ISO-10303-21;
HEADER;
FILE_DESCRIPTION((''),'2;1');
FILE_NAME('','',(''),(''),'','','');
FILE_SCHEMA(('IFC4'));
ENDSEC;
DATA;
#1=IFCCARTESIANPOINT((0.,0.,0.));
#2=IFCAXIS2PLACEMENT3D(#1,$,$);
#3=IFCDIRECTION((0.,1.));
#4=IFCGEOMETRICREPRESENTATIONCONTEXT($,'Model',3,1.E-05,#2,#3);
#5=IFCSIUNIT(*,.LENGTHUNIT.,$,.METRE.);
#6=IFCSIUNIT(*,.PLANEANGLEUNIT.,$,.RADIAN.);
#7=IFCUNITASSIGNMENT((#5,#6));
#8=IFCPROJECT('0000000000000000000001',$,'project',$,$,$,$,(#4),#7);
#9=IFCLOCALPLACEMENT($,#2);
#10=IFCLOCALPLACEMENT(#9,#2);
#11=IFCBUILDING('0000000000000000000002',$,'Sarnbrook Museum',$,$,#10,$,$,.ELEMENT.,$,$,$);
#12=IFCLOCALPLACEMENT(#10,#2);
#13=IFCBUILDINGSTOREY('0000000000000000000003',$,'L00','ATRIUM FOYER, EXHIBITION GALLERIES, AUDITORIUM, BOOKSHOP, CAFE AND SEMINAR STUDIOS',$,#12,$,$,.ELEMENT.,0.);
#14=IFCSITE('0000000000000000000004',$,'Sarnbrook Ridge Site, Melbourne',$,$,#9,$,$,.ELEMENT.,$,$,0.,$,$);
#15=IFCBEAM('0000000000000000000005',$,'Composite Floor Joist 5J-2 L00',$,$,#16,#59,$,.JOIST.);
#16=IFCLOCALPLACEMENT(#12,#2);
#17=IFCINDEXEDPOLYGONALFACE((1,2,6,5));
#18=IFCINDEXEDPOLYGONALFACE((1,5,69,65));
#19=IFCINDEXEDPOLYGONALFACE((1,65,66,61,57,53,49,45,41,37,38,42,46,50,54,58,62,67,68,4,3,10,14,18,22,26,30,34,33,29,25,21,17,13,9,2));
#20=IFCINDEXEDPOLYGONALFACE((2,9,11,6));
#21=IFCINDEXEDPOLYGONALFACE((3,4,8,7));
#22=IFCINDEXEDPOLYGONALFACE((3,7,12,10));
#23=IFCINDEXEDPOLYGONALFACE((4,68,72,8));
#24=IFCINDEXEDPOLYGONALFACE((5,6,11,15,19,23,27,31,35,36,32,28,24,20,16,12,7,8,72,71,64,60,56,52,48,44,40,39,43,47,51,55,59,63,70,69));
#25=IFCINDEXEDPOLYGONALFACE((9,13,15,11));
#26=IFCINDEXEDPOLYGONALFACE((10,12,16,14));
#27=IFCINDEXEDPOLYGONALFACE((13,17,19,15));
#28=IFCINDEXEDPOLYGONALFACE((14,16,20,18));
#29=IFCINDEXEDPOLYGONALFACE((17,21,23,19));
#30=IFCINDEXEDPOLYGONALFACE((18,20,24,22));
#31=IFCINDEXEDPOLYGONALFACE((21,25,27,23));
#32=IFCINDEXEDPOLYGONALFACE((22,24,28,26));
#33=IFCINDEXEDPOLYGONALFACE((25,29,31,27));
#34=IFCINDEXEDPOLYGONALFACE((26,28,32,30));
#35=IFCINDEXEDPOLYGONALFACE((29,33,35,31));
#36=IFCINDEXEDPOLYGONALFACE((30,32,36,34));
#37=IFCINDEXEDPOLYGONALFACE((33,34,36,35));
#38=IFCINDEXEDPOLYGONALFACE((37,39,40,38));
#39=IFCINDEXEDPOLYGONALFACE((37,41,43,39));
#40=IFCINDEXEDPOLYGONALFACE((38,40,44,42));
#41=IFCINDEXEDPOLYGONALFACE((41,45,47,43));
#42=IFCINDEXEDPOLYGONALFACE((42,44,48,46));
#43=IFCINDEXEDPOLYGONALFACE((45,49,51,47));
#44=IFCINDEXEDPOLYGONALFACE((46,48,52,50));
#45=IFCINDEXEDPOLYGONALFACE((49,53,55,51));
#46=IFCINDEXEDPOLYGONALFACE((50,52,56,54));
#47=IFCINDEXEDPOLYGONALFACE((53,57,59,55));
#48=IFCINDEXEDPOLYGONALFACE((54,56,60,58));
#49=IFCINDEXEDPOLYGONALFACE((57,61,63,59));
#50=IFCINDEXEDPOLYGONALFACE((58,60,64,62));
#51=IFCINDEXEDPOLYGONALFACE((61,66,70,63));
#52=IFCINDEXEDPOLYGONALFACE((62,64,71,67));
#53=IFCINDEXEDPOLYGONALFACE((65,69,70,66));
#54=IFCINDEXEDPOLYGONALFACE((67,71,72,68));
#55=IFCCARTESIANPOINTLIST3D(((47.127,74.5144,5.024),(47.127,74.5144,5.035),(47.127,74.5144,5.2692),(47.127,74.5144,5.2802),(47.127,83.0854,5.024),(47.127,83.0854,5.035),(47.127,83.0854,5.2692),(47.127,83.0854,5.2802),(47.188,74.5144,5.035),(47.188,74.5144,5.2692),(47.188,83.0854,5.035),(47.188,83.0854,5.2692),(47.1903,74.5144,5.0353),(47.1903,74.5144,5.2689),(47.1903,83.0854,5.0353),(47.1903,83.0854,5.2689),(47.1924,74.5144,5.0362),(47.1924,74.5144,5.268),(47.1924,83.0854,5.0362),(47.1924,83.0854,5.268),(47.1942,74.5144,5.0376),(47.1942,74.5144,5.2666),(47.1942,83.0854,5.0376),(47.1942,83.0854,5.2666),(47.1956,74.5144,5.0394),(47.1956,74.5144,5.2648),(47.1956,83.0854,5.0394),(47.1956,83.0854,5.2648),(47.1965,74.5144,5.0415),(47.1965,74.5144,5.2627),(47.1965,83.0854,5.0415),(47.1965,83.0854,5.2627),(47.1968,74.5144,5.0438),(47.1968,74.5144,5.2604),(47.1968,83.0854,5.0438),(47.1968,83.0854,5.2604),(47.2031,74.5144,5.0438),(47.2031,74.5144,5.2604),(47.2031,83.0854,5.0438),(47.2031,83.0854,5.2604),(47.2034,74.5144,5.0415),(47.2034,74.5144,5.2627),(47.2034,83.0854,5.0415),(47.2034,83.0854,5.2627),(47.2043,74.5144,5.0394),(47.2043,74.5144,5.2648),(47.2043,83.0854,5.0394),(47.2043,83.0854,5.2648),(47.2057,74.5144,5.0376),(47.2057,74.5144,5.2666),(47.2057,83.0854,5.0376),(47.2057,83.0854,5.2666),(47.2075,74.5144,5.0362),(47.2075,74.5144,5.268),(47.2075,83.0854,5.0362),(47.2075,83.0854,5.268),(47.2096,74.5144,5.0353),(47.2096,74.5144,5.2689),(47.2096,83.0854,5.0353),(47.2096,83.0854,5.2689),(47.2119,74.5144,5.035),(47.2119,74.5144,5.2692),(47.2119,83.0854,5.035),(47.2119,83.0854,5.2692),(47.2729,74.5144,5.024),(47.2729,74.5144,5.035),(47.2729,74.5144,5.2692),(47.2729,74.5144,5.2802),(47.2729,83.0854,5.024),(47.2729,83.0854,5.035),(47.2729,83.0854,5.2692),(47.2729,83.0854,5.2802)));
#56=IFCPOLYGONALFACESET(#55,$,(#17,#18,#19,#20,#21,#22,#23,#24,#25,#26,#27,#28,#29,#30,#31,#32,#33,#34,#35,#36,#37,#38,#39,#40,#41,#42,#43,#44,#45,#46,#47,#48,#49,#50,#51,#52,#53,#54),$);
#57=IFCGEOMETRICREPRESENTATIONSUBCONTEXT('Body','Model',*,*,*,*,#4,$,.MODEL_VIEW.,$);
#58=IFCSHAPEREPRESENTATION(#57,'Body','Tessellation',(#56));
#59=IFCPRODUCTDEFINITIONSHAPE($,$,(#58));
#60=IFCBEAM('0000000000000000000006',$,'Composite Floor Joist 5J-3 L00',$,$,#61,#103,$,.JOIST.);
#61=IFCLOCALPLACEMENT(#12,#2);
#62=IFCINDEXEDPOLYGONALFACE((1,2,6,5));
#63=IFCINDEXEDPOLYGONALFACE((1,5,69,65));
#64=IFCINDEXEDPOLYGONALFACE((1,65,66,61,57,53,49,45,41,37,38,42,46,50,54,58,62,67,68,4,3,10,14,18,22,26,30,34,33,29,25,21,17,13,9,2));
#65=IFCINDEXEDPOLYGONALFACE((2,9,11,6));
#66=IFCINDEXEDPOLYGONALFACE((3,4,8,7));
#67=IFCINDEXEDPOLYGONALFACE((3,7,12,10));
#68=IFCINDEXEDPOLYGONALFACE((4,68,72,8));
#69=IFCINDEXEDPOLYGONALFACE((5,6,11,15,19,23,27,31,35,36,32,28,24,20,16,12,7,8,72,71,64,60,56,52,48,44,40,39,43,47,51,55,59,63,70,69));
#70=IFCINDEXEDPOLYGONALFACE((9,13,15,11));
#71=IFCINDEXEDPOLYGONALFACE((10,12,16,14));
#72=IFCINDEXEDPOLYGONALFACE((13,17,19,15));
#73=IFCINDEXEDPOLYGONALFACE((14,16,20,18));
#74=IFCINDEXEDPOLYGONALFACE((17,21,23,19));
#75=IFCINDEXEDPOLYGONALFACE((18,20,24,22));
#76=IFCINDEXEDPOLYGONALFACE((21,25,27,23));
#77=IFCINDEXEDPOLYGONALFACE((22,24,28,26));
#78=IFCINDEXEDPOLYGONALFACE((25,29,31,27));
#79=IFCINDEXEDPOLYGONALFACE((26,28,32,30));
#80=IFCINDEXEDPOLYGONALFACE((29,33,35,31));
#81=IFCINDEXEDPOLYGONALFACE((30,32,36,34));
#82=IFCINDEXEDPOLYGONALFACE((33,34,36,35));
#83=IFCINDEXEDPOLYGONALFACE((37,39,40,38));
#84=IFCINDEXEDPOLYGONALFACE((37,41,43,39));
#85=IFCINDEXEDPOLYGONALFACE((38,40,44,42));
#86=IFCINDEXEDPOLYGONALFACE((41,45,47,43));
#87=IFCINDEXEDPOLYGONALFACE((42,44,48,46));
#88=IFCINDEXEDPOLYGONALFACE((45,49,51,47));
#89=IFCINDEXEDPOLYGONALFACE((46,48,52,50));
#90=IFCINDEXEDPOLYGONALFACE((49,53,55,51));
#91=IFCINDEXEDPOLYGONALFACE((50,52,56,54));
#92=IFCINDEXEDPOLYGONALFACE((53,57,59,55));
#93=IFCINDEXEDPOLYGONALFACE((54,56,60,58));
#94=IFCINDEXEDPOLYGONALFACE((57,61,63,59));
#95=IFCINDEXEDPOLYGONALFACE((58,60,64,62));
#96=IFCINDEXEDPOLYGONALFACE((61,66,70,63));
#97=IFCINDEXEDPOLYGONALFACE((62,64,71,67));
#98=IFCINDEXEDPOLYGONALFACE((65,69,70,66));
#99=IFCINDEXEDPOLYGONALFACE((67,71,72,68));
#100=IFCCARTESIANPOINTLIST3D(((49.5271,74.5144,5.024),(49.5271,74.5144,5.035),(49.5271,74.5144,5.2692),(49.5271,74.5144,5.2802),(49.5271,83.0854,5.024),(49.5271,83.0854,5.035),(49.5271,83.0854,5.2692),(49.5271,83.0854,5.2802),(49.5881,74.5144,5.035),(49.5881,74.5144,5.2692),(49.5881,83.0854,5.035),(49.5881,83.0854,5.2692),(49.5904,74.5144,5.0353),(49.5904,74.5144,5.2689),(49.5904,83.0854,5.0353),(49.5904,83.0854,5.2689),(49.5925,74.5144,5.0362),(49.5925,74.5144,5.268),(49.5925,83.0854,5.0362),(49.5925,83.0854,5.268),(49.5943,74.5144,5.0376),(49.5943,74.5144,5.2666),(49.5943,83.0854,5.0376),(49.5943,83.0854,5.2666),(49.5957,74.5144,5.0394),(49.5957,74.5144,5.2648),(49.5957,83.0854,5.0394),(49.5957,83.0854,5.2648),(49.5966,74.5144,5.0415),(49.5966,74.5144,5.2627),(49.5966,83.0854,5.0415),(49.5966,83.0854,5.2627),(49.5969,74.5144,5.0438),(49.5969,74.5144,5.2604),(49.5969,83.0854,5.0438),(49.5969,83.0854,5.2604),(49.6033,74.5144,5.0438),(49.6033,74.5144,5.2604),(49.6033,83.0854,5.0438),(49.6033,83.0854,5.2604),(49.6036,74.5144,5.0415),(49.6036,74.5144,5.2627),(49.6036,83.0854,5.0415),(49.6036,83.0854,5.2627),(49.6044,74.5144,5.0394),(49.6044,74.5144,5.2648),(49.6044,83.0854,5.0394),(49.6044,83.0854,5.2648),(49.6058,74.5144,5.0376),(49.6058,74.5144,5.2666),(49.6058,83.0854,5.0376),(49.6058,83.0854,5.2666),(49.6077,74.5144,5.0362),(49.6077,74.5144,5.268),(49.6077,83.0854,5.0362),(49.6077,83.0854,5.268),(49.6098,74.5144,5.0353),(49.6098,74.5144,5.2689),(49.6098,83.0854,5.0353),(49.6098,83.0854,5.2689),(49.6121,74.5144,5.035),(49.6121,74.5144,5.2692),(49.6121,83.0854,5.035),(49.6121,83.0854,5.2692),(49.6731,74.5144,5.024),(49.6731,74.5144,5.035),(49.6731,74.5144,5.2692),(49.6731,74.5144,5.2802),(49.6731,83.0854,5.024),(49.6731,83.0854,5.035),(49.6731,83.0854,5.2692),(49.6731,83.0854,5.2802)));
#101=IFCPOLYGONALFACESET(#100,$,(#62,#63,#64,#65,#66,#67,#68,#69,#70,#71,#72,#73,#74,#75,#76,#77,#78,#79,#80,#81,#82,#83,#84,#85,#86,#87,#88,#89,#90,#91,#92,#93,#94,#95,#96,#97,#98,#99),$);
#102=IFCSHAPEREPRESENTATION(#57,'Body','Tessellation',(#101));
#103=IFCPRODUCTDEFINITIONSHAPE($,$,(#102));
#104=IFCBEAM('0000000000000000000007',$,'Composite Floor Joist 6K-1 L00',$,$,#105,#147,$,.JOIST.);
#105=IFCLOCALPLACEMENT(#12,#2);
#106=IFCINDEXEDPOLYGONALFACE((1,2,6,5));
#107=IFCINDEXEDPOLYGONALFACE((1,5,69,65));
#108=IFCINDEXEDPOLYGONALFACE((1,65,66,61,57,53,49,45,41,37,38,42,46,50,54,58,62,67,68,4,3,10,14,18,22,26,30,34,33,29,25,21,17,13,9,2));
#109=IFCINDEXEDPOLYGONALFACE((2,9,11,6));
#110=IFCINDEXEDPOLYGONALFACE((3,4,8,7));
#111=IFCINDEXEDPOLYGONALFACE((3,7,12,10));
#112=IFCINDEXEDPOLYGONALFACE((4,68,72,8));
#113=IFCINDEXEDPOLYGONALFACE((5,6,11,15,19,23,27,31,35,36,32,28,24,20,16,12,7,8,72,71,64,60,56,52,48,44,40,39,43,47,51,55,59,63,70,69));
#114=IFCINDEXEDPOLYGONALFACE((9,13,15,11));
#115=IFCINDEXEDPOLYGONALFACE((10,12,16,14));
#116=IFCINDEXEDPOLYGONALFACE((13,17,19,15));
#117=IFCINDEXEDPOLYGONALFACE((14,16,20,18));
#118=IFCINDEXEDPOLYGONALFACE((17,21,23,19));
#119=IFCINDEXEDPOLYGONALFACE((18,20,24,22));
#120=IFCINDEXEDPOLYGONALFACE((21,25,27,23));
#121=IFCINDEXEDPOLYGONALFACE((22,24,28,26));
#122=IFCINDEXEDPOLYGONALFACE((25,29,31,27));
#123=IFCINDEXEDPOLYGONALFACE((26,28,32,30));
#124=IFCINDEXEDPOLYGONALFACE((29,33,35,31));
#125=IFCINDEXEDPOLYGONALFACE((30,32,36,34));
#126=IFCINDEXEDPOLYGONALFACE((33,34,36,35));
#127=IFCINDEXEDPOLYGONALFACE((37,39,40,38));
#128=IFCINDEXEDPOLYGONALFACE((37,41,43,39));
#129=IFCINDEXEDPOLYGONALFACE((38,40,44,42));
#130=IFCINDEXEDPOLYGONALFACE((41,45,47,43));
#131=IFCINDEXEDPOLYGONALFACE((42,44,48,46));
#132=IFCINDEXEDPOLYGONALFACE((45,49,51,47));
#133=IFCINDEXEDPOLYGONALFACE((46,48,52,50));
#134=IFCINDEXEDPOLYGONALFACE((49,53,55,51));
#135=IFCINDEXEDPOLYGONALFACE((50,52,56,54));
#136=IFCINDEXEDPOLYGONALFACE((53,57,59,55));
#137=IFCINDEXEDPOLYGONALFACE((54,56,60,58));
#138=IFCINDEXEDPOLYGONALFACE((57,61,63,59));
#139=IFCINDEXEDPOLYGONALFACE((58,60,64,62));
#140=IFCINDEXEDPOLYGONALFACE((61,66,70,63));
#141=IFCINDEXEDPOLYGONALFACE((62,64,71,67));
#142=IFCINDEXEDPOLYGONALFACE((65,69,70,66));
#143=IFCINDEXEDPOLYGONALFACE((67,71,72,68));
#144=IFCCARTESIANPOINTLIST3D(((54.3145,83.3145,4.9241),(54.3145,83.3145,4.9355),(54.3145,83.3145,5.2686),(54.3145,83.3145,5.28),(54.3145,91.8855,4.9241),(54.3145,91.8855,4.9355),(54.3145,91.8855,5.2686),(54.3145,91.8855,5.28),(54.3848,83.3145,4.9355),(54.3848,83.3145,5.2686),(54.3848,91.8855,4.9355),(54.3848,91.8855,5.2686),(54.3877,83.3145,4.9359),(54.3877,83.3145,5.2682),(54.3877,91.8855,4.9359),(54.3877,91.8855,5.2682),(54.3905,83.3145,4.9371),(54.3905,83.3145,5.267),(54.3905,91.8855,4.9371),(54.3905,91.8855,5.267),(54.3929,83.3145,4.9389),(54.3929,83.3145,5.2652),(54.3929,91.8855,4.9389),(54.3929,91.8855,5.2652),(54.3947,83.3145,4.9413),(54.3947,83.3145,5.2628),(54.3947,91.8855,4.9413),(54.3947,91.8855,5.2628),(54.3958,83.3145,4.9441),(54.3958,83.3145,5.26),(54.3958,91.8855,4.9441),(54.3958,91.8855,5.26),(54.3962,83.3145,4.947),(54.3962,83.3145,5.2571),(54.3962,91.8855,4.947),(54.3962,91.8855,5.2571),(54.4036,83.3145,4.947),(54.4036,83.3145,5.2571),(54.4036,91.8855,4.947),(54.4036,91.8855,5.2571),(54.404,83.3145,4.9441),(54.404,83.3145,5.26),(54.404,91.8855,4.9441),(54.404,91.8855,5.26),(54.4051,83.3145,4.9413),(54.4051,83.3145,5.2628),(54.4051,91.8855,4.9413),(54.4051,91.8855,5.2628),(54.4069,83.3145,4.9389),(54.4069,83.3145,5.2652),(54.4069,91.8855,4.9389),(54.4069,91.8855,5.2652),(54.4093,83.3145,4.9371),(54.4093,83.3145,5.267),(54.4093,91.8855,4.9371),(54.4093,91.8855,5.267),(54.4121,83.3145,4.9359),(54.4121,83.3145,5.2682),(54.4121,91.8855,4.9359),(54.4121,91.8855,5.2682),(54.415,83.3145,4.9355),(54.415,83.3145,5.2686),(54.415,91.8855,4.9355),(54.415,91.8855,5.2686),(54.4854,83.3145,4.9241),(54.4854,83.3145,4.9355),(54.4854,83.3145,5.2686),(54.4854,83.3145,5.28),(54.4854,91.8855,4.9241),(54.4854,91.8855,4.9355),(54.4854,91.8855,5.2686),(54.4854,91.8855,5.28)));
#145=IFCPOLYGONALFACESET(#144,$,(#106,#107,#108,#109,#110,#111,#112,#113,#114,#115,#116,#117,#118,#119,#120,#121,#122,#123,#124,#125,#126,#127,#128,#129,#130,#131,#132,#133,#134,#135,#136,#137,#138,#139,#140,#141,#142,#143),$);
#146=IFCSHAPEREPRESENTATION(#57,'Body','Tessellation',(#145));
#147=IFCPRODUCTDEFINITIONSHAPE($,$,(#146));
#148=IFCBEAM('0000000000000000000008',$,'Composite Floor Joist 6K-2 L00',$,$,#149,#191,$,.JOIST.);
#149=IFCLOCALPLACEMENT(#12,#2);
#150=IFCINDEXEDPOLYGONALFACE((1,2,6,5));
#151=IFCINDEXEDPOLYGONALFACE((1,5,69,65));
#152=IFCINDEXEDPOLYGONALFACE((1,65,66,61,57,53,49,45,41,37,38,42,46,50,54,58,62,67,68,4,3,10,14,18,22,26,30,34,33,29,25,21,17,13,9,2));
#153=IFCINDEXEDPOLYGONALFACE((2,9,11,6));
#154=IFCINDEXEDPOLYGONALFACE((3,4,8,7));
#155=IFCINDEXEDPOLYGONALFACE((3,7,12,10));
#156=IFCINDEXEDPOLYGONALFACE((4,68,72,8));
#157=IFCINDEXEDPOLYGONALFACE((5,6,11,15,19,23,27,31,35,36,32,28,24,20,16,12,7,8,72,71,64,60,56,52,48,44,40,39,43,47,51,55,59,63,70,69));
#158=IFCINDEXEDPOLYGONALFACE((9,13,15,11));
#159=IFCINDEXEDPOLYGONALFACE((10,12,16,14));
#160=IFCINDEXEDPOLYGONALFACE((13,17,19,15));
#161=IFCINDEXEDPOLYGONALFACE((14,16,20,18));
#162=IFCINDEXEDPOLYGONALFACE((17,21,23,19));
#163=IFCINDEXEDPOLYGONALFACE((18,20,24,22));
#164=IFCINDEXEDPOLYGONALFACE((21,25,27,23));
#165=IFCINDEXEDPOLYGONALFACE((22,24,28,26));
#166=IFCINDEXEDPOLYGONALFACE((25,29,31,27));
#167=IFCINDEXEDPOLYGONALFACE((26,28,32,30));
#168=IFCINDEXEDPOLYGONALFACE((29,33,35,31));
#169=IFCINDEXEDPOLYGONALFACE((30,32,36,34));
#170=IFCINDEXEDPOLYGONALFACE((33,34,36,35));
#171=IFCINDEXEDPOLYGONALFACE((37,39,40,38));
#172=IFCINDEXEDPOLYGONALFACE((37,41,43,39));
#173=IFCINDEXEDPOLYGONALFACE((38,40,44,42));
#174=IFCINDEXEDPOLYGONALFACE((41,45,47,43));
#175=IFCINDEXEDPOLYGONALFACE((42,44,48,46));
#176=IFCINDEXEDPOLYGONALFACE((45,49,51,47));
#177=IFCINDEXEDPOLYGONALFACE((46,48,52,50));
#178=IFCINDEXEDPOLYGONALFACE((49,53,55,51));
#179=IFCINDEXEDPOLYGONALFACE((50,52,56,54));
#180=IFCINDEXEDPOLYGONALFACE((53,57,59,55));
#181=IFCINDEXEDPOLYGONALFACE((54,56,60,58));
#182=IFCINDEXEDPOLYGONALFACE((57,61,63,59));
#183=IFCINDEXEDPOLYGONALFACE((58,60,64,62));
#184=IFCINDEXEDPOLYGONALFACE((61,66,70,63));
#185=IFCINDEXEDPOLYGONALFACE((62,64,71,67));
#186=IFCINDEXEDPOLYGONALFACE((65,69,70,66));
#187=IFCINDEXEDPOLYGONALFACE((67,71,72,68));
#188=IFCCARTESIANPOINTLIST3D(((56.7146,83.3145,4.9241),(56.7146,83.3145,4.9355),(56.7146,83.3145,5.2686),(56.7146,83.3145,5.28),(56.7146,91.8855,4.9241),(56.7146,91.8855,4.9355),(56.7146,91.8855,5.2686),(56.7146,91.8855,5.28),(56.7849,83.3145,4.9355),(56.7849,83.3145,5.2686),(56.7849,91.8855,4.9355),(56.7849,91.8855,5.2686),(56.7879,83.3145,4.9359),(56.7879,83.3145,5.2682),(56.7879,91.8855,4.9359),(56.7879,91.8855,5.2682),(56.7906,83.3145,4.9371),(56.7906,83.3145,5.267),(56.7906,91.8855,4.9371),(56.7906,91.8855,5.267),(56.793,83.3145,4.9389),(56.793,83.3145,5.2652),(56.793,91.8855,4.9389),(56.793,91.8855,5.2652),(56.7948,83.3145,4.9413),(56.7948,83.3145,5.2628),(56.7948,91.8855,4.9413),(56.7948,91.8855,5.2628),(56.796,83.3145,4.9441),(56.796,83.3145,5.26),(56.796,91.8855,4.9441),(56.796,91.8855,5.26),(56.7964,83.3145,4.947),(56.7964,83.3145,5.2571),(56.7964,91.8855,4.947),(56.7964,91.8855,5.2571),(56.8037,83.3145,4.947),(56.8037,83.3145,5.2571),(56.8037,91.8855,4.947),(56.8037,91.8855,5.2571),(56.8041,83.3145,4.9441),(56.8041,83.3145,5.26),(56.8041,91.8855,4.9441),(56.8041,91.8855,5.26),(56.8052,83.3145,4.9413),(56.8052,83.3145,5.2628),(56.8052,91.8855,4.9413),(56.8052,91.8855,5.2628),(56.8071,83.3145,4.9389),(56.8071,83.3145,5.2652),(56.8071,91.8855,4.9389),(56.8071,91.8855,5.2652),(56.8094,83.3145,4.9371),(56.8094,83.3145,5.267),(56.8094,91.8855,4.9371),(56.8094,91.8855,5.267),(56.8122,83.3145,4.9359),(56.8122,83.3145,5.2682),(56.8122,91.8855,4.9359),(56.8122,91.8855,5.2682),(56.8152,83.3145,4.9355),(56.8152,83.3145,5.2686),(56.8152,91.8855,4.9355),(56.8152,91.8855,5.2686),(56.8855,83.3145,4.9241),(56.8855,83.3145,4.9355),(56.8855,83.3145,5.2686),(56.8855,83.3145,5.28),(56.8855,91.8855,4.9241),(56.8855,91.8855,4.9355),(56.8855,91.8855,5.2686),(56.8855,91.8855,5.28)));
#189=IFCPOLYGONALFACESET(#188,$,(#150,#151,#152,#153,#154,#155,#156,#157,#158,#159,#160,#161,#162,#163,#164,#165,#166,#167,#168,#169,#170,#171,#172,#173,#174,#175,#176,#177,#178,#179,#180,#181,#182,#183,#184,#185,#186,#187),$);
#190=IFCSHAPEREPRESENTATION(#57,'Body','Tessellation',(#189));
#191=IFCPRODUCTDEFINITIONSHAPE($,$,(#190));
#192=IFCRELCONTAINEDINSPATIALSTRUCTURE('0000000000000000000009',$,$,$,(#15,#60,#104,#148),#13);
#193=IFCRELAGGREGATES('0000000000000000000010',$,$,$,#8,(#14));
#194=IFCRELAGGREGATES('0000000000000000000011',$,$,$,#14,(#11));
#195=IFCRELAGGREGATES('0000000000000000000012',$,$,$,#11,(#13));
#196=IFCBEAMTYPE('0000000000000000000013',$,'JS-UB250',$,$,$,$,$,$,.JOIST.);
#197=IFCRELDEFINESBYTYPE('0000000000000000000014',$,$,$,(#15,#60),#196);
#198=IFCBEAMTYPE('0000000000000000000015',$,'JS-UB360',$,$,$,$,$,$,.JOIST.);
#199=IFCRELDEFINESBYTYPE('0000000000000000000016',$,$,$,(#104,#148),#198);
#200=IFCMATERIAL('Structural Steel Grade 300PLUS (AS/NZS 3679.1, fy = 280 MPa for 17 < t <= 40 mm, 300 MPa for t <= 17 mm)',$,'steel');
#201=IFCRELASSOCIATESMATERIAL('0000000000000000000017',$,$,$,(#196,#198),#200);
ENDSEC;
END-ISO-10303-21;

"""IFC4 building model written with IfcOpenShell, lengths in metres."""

from ifc_helpers import new_model, si_unit, direction, frame, origin, origin_2d, place, context, subcontext, project, spatial, i_section, extrude, material, material_profile, profile_set, type_object, element, save


model = new_model("IFC4")

# Units and contexts
model_context = context("Model", 3, precision=1e-05, world=origin(), true_north=direction((0.0, 1.0)))
body_context = subcontext(model_context, "Body", "Model", "MODEL_VIEW")
ifc_project = project(units=[si_unit("LENGTHUNIT", "METRE"), si_unit("PLANEANGLEUNIT", "RADIAN")], contexts=[model_context])

# Site, building, storey
site_placement = place(None, origin())
site = spatial("IfcSite", under=ifc_project, at=site_placement, Name="Sarnbrook Ridge Site, Melbourne", CompositionType="ELEMENT", RefElevation=0.0)
building_placement = place(site_placement, origin())
building = spatial("IfcBuilding", under=site, at=building_placement, Name="Sarnbrook Museum", CompositionType="ELEMENT")
storey_placement = place(building_placement, origin())
storey = spatial("IfcBuildingStorey", under=building, at=storey_placement, Name="L00", Description="ATRIUM FOYER, EXHIBITION GALLERIES, AUDITORIUM, BOOKSHOP, CAFE AND SEMINAR STUDIOS", CompositionType="ELEMENT", Elevation=0.0)

# Beams
ifc_material_1 = material(Name="Structural Steel Grade 300PLUS (AS/NZS 3679.1, fy = 280 MPa for 17 < t <= 40 mm, 300 MPa for t <= 17 mm)", Category="steel")
ifc_material_profile_1 = material_profile(ifc_material_1, i_section(OverallWidth=0.146, OverallDepth=0.2561, WebThickness=0.0063, FlangeThickness=0.011, FilletRadius=0.0088, at=origin_2d()), Name="250UB37.3")
ifc_profile_set_1 = profile_set([ifc_material_profile_1], Name="Structural Steel Grade 300PLUS (AS/NZS 3679.1, fy = 280 MPa for 17 < t <= 40 mm, 300 MPa for t <= 17 mm)")
beam_type_1 = type_object("IfcBeamType", Name="JS-UB250", PredefinedType="JOIST", material=ifc_profile_set_1)
for number, where, z_axis, x_axis, name in (
    (1, (47.2, 74.5144, 5.1521), (0.0, 1.0, 0.0), (-1.0, 0.0, 0.0), "Composite Floor Joist 5J-2 L00"),
    (2, (49.6001, 74.5144, 5.1521), (0.0, 1.0, 0.0), (-1.0, 0.0, 0.0), "Composite Floor Joist 5J-3 L00"),
):
    element("IfcBeam", number, at=place(storey_placement, frame(where, z_axis=z_axis, x_axis=x_axis)), inside=storey, type_object=beam_type_1, Name=name, PredefinedType="JOIST", context=body_context, shape_type="SweptSolid", body=[
        extrude(i_section(OverallWidth=0.146, OverallDepth=0.2561, WebThickness=0.0063, FlangeThickness=0.011, FilletRadius=0.0088, at=origin_2d()), origin(), (0.0, 0.0, 1.0), 8.571),
    ])
ifc_material_profile_2 = material_profile(ifc_material_1, i_section(OverallWidth=0.1709, OverallDepth=0.356, WebThickness=0.0073, FlangeThickness=0.0115, FilletRadius=0.0115, at=origin_2d()), Name="360UB50.7")
ifc_profile_set_2 = profile_set([ifc_material_profile_2], Name="Structural Steel Grade 300PLUS (AS/NZS 3679.1, fy = 280 MPa for 17 < t <= 40 mm, 300 MPa for t <= 17 mm)")
beam_type_2 = type_object("IfcBeamType", Name="JS-UB360", PredefinedType="JOIST", material=ifc_profile_set_2)
for number, where, z_axis, x_axis, name in (
    (3, (54.3999, 83.3145, 5.1021), (0.0, 1.0, 0.0), (-1.0, 0.0, 0.0), "Composite Floor Joist 6K-1 L00"),
    (4, (56.8, 83.3145, 5.1021), (0.0, 1.0, 0.0), (-1.0, 0.0, 0.0), "Composite Floor Joist 6K-2 L00"),
):
    element("IfcBeam", number, at=place(storey_placement, frame(where, z_axis=z_axis, x_axis=x_axis)), inside=storey, type_object=beam_type_2, Name=name, PredefinedType="JOIST", context=body_context, shape_type="SweptSolid", body=[
        extrude(i_section(OverallWidth=0.1709, OverallDepth=0.356, WebThickness=0.0073, FlangeThickness=0.0115, FilletRadius=0.0115, at=origin_2d()), origin(), (0.0, 0.0, 1.0), 8.571),
    ])

save(model, "model.ifc")
